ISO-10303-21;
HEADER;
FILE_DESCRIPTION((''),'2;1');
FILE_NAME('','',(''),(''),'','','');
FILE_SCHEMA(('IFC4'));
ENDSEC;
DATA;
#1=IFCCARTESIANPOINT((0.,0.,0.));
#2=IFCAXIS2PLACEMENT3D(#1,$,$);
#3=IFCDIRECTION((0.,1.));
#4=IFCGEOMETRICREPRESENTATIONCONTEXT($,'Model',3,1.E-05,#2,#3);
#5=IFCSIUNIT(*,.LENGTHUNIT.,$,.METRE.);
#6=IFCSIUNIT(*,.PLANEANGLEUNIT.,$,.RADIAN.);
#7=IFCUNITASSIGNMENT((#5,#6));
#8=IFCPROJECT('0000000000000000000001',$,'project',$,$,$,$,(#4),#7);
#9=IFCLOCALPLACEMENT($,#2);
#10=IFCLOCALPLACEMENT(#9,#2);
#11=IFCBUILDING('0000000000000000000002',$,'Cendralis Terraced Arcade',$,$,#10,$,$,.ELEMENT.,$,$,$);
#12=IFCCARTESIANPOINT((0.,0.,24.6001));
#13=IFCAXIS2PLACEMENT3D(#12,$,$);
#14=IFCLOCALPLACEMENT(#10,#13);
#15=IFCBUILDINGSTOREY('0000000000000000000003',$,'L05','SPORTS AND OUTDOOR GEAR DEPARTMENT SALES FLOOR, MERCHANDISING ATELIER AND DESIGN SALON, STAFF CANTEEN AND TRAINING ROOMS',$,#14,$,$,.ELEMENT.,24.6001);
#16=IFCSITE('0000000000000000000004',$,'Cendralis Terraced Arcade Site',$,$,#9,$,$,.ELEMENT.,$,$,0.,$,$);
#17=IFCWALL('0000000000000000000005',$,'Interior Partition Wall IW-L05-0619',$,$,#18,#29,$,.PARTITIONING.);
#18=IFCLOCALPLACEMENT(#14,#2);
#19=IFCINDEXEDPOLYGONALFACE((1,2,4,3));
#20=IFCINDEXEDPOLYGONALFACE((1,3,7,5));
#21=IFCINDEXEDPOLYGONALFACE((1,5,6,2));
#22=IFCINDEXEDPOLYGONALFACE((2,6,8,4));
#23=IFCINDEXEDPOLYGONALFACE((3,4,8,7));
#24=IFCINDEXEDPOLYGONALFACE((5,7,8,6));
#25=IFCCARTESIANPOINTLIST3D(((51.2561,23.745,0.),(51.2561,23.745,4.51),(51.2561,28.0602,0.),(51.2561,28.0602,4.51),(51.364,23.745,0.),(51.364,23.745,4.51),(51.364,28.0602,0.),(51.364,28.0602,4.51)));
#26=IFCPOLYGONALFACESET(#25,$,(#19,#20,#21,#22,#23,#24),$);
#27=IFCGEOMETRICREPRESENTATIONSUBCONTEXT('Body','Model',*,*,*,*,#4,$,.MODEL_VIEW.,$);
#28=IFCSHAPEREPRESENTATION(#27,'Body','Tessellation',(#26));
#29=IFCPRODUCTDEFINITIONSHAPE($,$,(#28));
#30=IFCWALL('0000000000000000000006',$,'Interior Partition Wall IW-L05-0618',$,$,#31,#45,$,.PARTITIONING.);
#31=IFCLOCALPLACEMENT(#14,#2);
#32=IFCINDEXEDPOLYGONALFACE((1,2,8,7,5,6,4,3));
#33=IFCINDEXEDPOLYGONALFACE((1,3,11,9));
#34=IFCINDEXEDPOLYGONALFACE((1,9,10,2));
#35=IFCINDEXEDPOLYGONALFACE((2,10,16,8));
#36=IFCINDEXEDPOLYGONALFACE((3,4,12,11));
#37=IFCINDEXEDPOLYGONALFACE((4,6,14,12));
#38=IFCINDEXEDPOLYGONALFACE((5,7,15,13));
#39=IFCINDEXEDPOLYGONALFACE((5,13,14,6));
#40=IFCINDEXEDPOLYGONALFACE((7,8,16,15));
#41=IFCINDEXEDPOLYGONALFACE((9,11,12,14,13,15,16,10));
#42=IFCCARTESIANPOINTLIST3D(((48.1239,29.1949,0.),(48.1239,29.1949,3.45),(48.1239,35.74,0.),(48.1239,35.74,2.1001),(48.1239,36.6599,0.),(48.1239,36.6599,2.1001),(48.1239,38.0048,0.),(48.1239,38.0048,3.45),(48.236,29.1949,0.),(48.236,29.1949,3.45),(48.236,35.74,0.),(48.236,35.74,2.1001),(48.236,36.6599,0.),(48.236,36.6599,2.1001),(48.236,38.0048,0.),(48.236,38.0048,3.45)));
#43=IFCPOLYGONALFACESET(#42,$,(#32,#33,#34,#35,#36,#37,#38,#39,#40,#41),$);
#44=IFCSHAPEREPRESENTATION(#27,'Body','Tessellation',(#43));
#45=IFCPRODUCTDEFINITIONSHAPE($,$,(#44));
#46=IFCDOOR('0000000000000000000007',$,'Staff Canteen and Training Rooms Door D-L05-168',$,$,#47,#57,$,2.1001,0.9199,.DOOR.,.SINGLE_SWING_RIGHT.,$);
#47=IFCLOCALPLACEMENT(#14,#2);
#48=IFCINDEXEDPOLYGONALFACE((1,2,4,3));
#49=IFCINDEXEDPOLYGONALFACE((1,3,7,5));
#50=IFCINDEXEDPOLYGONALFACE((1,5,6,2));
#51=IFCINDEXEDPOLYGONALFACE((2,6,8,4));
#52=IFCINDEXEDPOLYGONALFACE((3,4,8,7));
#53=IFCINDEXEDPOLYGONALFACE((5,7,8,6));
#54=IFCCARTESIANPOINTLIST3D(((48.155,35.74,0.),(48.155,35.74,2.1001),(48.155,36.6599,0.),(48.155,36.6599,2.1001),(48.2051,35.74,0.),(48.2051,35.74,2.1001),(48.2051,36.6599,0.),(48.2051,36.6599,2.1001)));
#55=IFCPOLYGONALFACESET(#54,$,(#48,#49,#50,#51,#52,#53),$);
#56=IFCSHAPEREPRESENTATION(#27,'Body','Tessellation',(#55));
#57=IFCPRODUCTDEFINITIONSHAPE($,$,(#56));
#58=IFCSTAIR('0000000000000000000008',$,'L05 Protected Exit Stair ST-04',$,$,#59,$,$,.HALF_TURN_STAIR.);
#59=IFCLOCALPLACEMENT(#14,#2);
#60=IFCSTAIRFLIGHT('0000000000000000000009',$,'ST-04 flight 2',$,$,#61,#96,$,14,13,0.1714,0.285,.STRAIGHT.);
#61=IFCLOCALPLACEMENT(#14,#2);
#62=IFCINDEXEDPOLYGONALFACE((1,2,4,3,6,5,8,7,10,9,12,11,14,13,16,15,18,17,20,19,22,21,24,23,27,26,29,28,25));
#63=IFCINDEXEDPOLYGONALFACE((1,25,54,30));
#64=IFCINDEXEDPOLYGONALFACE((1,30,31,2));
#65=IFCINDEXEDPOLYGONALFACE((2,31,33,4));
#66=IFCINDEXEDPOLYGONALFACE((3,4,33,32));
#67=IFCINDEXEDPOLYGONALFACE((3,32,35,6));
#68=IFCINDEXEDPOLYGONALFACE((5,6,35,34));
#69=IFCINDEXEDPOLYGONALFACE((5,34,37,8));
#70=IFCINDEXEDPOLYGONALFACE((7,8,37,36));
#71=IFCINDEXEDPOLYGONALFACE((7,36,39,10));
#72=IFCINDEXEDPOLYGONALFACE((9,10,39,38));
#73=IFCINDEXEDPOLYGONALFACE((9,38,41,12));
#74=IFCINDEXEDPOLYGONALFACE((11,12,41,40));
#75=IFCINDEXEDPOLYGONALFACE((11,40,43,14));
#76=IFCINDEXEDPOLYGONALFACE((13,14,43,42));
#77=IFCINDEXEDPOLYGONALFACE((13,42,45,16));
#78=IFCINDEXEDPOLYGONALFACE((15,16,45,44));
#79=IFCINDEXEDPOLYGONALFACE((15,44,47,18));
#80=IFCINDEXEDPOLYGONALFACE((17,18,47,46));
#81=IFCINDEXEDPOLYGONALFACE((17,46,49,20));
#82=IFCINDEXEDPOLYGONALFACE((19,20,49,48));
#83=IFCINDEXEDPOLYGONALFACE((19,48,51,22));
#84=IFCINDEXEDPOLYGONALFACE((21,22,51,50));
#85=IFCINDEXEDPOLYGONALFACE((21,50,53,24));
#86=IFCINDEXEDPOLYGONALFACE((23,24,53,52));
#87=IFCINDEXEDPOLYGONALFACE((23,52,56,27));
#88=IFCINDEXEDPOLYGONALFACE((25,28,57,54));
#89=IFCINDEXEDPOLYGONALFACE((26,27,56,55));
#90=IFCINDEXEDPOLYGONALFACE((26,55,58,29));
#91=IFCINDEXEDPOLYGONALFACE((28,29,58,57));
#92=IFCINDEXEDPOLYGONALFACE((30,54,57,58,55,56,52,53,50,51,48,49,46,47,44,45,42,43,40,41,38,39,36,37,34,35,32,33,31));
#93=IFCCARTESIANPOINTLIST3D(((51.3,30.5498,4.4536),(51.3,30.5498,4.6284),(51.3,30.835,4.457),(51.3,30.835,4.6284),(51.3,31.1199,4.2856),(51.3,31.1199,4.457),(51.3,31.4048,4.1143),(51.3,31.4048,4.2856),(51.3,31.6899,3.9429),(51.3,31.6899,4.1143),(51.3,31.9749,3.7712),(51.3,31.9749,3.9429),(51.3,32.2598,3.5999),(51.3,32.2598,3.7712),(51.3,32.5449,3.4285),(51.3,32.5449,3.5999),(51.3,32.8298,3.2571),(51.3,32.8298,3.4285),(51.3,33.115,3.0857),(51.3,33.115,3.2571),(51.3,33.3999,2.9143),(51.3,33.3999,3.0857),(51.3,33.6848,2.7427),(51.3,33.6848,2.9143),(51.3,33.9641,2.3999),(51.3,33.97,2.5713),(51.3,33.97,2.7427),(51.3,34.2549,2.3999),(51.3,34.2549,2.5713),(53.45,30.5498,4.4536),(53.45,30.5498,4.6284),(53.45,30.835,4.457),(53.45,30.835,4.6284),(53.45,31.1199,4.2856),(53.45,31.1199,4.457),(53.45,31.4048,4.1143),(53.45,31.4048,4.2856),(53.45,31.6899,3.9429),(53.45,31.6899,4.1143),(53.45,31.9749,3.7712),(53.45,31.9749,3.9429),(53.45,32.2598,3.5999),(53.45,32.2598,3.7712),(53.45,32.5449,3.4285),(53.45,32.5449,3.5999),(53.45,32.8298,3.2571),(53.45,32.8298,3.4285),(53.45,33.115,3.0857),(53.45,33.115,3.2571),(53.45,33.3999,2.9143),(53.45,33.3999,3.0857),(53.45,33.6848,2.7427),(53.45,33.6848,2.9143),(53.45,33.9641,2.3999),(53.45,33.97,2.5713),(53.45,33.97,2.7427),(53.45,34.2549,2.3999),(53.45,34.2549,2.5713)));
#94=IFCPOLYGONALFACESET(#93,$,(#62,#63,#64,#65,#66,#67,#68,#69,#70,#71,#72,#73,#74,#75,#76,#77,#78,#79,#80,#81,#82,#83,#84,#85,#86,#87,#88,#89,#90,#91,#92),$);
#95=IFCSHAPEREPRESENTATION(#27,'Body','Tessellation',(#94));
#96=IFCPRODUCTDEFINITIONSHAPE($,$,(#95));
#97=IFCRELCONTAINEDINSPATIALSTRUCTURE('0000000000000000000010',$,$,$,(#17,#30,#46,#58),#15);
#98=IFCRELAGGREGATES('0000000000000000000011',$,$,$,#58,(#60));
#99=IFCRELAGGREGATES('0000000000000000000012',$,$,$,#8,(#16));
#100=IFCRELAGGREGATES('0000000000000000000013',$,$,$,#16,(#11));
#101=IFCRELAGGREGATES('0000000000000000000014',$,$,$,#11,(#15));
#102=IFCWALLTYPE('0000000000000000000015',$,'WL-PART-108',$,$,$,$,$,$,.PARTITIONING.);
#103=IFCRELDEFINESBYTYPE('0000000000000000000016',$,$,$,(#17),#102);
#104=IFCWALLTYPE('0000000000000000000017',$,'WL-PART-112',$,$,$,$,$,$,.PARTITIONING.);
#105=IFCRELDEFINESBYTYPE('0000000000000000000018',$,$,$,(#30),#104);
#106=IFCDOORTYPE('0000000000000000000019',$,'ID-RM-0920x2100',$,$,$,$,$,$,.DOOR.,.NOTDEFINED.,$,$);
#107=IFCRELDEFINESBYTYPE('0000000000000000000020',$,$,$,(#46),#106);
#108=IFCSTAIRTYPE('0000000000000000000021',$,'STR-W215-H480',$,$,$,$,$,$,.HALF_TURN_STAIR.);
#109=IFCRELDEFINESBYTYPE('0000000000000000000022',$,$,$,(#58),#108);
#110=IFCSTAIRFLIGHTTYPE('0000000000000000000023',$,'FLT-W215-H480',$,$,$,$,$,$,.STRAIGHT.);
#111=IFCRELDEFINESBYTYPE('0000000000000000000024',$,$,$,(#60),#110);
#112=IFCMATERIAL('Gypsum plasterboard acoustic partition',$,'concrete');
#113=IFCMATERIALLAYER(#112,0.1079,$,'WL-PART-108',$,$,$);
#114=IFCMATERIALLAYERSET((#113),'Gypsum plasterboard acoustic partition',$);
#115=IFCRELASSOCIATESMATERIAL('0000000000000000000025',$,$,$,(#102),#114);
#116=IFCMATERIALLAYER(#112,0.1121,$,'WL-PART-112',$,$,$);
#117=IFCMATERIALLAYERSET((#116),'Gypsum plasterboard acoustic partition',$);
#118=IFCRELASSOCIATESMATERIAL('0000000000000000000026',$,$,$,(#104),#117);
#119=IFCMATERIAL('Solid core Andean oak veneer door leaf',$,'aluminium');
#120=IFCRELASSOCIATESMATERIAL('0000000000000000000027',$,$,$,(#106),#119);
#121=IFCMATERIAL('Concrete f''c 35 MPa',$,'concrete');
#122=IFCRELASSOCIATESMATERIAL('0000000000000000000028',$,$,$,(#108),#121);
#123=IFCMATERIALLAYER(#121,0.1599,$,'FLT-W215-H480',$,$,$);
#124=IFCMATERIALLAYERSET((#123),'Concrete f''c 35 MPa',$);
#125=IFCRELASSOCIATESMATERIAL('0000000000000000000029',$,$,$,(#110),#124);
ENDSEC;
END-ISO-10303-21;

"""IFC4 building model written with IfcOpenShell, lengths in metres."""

from ifc_helpers import new_model, si_unit, direction, frame, frame_2d, origin, place, context, subcontext, project, spatial, polyline, rectangle, outline, extrude, material, layer, layer_set, type_object, element, fill, aggregate, save


model = new_model("IFC4")

# Units and contexts
model_context = context("Model", 3, precision=1e-05, world=origin(), true_north=direction((0.0, 1.0)))
body_context = subcontext(model_context, "Body", "Model", "MODEL_VIEW")
ifc_project = project(units=[si_unit("LENGTHUNIT", "METRE"), si_unit("PLANEANGLEUNIT", "RADIAN")], contexts=[model_context])

# Site, building, storey
site_placement = place(None, origin())
site = spatial("IfcSite", under=ifc_project, at=site_placement, Name="Cendralis Terraced Arcade Site", CompositionType="ELEMENT", RefElevation=0.0)
building_placement = place(site_placement, origin())
building = spatial("IfcBuilding", under=site, at=building_placement, Name="Cendralis Terraced Arcade", CompositionType="ELEMENT")
storey_placement = place(building_placement, frame((0.0, 0.0, 24.6001)))
storey = spatial("IfcBuildingStorey", under=building, at=storey_placement, Name="L05", Description="SPORTS AND OUTDOOR GEAR DEPARTMENT SALES FLOOR, MERCHANDISING ATELIER AND DESIGN SALON, STAFF CANTEEN AND TRAINING ROOMS", CompositionType="ELEMENT", Elevation=24.6001)

# Wall
ifc_material_1 = material(Name="Gypsum plasterboard acoustic partition", Category="concrete")
ifc_layer_1 = layer(ifc_material_1, 0.1079, Name="WL-PART-108")
ifc_layer_set_1 = layer_set([ifc_layer_1], Name="Gypsum plasterboard acoustic partition")
wall_type_1 = type_object("IfcWallType", Name="WL-PART-108", PredefinedType="PARTITIONING", material=ifc_layer_set_1)
wall_1_placement = place(storey_placement, frame((51.3101, 23.7449, 0.0), z_axis=(0.0, 0.0, 1.0), x_axis=(0.0, 1.0, 0.0)))
element("IfcWall", 1, at=wall_1_placement, inside=storey, type_object=wall_type_1, Name="Interior Partition Wall IW-L05-0619", PredefinedType="PARTITIONING", context=body_context, shape_type="SweptSolid", body=[
    extrude(rectangle(XDim=4.3152, YDim=0.1079, at=frame_2d((2.1577, 0.0))), origin(), (0.0, 0.0, 1.0), 4.51),
])

# Wall, opening, door
ifc_layer_2 = layer(ifc_material_1, 0.1121, Name="WL-PART-112")
ifc_layer_set_2 = layer_set([ifc_layer_2], Name="Gypsum plasterboard acoustic partition")
wall_type_2 = type_object("IfcWallType", Name="WL-PART-112", PredefinedType="PARTITIONING", material=ifc_layer_set_2)
wall_2_placement = place(storey_placement, frame((48.1799, 29.1951, 0.0), z_axis=(0.0, 0.0, 1.0), x_axis=(0.0, 1.0, 0.0)))
wall_2 = element("IfcWall", 2, at=wall_2_placement, inside=storey, type_object=wall_type_2, Name="Interior Partition Wall IW-L05-0618", PredefinedType="PARTITIONING", context=body_context, shape_type="SweptSolid", body=[
    extrude(rectangle(XDim=8.8098, YDim=0.1121, at=frame_2d((4.4048, 0.0))), origin(), (0.0, 0.0, 1.0), 3.45),
])
opening_1_placement = place(wall_2_placement, frame((6.5449, 0.0, 0.0)))
opening_1 = element("IfcOpeningElement", 3, at=opening_1_placement, cuts=wall_2, PredefinedType="OPENING", context=body_context, shape_type="SweptSolid", body=[
    extrude(rectangle(XDim=0.9199, YDim=2.1001, at=frame_2d((0.46, 1.05))), frame((0.0, 0.0679, 0.0), z_axis=(0.0, -1.0, 0.0), x_axis=(1.0, 0.0, 0.0)), (0.0, 0.0, 1.0), 0.136),
])
ifc_material_2 = material(Name="Solid core Andean oak veneer door leaf", Category="aluminium")
door_type_1 = type_object("IfcDoorType", Name="ID-RM-0920x2100", OperationType="NOTDEFINED", PredefinedType="DOOR", material=ifc_material_2)
door_1_placement = place(opening_1_placement, origin())
door_1 = element("IfcDoor", 4, at=door_1_placement, inside=storey, type_object=door_type_1, Name="Staff Canteen and Training Rooms Door D-L05-168", OperationType="SINGLE_SWING_RIGHT", OverallHeight=2.1001, OverallWidth=0.9199, PredefinedType="DOOR", context=body_context, shape_type="SweptSolid", body=[
    extrude(rectangle(XDim=0.9199, YDim=2.1001, at=frame_2d((0.46, 1.05))), frame((0.0, 0.0249, 0.0), z_axis=(0.0, -1.0, 0.0), x_axis=(1.0, 0.0, 0.0)), (0.0, 0.0, 1.0), 0.05),
])
fill(opening_1, door_1)

# Stair, stair flight
ifc_material_3 = material(Name="Concrete f'c 35 MPa", Category="concrete")
stair_type = type_object("IfcStairType", Name="STR-W215-H480", PredefinedType="HALF_TURN_STAIR", material=ifc_material_3)
stair_placement = place(storey_placement, origin())
stair = element("IfcStair", 5, at=stair_placement, inside=storey, type_object=stair_type, Name="L05 Protected Exit Stair ST-04", PredefinedType="HALF_TURN_STAIR")
ifc_layer_3 = layer(ifc_material_3, 0.1599, Name="FLT-W215-H480")
ifc_layer_set_3 = layer_set([ifc_layer_3], Name="Concrete f'c 35 MPa")
stair_flight_type = type_object("IfcStairFlightType", Name="FLT-W215-H480", PredefinedType="STRAIGHT", material=ifc_layer_set_3)
stair_flight_placement = place(storey_placement, frame((52.375, 34.2549, 2.3999), z_axis=(0.0, 0.0, 1.0), x_axis=(0.0, -1.0, 0.0)))
stair_flight = element("IfcStairFlight", 6, at=stair_flight_placement, type_object=stair_flight_type, Name="ST-04 flight 2", NumberOfRisers=14, NumberOfTreads=13, PredefinedType="STRAIGHT", RiserHeight=0.1714, TreadLength=0.285, context=body_context, shape_type="SweptSolid", body=[
    extrude(outline(polyline([(0.0, 0.0), (0.0, 0.1714), (0.2849, 0.1714), (0.2849, 0.3428), (0.5701, 0.3428), (0.5701, 0.5144), (0.855, 0.5144), (0.855, 0.6858), (1.1399, 0.6858), (1.1399, 0.8572), (1.425, 0.8572), (1.425, 1.0286), (1.71, 1.0286), (1.71, 1.2), (1.9951, 1.2), (1.9951, 1.3713), (2.28, 1.3713), (2.28, 1.543), (2.5649, 1.543), (2.5649, 1.7144), (2.8501, 1.7144), (2.8501, 1.8857), (3.135, 1.8857), (3.135, 2.0571), (3.4199, 2.0571), (3.4199, 2.2285), (3.7051, 2.2285), (3.7051, 2.3999), (3.7051, 2.0537), (0.2908, 0.0), (0.0, 0.0)])), frame((0.0, 1.075, 0.0), z_axis=(0.0, -1.0, 0.0), x_axis=(1.0, 0.0, 0.0)), (0.0, 0.0, 1.0), 2.1499),
])
aggregate(stair, [stair_flight])

save(model, "model.ifc")
